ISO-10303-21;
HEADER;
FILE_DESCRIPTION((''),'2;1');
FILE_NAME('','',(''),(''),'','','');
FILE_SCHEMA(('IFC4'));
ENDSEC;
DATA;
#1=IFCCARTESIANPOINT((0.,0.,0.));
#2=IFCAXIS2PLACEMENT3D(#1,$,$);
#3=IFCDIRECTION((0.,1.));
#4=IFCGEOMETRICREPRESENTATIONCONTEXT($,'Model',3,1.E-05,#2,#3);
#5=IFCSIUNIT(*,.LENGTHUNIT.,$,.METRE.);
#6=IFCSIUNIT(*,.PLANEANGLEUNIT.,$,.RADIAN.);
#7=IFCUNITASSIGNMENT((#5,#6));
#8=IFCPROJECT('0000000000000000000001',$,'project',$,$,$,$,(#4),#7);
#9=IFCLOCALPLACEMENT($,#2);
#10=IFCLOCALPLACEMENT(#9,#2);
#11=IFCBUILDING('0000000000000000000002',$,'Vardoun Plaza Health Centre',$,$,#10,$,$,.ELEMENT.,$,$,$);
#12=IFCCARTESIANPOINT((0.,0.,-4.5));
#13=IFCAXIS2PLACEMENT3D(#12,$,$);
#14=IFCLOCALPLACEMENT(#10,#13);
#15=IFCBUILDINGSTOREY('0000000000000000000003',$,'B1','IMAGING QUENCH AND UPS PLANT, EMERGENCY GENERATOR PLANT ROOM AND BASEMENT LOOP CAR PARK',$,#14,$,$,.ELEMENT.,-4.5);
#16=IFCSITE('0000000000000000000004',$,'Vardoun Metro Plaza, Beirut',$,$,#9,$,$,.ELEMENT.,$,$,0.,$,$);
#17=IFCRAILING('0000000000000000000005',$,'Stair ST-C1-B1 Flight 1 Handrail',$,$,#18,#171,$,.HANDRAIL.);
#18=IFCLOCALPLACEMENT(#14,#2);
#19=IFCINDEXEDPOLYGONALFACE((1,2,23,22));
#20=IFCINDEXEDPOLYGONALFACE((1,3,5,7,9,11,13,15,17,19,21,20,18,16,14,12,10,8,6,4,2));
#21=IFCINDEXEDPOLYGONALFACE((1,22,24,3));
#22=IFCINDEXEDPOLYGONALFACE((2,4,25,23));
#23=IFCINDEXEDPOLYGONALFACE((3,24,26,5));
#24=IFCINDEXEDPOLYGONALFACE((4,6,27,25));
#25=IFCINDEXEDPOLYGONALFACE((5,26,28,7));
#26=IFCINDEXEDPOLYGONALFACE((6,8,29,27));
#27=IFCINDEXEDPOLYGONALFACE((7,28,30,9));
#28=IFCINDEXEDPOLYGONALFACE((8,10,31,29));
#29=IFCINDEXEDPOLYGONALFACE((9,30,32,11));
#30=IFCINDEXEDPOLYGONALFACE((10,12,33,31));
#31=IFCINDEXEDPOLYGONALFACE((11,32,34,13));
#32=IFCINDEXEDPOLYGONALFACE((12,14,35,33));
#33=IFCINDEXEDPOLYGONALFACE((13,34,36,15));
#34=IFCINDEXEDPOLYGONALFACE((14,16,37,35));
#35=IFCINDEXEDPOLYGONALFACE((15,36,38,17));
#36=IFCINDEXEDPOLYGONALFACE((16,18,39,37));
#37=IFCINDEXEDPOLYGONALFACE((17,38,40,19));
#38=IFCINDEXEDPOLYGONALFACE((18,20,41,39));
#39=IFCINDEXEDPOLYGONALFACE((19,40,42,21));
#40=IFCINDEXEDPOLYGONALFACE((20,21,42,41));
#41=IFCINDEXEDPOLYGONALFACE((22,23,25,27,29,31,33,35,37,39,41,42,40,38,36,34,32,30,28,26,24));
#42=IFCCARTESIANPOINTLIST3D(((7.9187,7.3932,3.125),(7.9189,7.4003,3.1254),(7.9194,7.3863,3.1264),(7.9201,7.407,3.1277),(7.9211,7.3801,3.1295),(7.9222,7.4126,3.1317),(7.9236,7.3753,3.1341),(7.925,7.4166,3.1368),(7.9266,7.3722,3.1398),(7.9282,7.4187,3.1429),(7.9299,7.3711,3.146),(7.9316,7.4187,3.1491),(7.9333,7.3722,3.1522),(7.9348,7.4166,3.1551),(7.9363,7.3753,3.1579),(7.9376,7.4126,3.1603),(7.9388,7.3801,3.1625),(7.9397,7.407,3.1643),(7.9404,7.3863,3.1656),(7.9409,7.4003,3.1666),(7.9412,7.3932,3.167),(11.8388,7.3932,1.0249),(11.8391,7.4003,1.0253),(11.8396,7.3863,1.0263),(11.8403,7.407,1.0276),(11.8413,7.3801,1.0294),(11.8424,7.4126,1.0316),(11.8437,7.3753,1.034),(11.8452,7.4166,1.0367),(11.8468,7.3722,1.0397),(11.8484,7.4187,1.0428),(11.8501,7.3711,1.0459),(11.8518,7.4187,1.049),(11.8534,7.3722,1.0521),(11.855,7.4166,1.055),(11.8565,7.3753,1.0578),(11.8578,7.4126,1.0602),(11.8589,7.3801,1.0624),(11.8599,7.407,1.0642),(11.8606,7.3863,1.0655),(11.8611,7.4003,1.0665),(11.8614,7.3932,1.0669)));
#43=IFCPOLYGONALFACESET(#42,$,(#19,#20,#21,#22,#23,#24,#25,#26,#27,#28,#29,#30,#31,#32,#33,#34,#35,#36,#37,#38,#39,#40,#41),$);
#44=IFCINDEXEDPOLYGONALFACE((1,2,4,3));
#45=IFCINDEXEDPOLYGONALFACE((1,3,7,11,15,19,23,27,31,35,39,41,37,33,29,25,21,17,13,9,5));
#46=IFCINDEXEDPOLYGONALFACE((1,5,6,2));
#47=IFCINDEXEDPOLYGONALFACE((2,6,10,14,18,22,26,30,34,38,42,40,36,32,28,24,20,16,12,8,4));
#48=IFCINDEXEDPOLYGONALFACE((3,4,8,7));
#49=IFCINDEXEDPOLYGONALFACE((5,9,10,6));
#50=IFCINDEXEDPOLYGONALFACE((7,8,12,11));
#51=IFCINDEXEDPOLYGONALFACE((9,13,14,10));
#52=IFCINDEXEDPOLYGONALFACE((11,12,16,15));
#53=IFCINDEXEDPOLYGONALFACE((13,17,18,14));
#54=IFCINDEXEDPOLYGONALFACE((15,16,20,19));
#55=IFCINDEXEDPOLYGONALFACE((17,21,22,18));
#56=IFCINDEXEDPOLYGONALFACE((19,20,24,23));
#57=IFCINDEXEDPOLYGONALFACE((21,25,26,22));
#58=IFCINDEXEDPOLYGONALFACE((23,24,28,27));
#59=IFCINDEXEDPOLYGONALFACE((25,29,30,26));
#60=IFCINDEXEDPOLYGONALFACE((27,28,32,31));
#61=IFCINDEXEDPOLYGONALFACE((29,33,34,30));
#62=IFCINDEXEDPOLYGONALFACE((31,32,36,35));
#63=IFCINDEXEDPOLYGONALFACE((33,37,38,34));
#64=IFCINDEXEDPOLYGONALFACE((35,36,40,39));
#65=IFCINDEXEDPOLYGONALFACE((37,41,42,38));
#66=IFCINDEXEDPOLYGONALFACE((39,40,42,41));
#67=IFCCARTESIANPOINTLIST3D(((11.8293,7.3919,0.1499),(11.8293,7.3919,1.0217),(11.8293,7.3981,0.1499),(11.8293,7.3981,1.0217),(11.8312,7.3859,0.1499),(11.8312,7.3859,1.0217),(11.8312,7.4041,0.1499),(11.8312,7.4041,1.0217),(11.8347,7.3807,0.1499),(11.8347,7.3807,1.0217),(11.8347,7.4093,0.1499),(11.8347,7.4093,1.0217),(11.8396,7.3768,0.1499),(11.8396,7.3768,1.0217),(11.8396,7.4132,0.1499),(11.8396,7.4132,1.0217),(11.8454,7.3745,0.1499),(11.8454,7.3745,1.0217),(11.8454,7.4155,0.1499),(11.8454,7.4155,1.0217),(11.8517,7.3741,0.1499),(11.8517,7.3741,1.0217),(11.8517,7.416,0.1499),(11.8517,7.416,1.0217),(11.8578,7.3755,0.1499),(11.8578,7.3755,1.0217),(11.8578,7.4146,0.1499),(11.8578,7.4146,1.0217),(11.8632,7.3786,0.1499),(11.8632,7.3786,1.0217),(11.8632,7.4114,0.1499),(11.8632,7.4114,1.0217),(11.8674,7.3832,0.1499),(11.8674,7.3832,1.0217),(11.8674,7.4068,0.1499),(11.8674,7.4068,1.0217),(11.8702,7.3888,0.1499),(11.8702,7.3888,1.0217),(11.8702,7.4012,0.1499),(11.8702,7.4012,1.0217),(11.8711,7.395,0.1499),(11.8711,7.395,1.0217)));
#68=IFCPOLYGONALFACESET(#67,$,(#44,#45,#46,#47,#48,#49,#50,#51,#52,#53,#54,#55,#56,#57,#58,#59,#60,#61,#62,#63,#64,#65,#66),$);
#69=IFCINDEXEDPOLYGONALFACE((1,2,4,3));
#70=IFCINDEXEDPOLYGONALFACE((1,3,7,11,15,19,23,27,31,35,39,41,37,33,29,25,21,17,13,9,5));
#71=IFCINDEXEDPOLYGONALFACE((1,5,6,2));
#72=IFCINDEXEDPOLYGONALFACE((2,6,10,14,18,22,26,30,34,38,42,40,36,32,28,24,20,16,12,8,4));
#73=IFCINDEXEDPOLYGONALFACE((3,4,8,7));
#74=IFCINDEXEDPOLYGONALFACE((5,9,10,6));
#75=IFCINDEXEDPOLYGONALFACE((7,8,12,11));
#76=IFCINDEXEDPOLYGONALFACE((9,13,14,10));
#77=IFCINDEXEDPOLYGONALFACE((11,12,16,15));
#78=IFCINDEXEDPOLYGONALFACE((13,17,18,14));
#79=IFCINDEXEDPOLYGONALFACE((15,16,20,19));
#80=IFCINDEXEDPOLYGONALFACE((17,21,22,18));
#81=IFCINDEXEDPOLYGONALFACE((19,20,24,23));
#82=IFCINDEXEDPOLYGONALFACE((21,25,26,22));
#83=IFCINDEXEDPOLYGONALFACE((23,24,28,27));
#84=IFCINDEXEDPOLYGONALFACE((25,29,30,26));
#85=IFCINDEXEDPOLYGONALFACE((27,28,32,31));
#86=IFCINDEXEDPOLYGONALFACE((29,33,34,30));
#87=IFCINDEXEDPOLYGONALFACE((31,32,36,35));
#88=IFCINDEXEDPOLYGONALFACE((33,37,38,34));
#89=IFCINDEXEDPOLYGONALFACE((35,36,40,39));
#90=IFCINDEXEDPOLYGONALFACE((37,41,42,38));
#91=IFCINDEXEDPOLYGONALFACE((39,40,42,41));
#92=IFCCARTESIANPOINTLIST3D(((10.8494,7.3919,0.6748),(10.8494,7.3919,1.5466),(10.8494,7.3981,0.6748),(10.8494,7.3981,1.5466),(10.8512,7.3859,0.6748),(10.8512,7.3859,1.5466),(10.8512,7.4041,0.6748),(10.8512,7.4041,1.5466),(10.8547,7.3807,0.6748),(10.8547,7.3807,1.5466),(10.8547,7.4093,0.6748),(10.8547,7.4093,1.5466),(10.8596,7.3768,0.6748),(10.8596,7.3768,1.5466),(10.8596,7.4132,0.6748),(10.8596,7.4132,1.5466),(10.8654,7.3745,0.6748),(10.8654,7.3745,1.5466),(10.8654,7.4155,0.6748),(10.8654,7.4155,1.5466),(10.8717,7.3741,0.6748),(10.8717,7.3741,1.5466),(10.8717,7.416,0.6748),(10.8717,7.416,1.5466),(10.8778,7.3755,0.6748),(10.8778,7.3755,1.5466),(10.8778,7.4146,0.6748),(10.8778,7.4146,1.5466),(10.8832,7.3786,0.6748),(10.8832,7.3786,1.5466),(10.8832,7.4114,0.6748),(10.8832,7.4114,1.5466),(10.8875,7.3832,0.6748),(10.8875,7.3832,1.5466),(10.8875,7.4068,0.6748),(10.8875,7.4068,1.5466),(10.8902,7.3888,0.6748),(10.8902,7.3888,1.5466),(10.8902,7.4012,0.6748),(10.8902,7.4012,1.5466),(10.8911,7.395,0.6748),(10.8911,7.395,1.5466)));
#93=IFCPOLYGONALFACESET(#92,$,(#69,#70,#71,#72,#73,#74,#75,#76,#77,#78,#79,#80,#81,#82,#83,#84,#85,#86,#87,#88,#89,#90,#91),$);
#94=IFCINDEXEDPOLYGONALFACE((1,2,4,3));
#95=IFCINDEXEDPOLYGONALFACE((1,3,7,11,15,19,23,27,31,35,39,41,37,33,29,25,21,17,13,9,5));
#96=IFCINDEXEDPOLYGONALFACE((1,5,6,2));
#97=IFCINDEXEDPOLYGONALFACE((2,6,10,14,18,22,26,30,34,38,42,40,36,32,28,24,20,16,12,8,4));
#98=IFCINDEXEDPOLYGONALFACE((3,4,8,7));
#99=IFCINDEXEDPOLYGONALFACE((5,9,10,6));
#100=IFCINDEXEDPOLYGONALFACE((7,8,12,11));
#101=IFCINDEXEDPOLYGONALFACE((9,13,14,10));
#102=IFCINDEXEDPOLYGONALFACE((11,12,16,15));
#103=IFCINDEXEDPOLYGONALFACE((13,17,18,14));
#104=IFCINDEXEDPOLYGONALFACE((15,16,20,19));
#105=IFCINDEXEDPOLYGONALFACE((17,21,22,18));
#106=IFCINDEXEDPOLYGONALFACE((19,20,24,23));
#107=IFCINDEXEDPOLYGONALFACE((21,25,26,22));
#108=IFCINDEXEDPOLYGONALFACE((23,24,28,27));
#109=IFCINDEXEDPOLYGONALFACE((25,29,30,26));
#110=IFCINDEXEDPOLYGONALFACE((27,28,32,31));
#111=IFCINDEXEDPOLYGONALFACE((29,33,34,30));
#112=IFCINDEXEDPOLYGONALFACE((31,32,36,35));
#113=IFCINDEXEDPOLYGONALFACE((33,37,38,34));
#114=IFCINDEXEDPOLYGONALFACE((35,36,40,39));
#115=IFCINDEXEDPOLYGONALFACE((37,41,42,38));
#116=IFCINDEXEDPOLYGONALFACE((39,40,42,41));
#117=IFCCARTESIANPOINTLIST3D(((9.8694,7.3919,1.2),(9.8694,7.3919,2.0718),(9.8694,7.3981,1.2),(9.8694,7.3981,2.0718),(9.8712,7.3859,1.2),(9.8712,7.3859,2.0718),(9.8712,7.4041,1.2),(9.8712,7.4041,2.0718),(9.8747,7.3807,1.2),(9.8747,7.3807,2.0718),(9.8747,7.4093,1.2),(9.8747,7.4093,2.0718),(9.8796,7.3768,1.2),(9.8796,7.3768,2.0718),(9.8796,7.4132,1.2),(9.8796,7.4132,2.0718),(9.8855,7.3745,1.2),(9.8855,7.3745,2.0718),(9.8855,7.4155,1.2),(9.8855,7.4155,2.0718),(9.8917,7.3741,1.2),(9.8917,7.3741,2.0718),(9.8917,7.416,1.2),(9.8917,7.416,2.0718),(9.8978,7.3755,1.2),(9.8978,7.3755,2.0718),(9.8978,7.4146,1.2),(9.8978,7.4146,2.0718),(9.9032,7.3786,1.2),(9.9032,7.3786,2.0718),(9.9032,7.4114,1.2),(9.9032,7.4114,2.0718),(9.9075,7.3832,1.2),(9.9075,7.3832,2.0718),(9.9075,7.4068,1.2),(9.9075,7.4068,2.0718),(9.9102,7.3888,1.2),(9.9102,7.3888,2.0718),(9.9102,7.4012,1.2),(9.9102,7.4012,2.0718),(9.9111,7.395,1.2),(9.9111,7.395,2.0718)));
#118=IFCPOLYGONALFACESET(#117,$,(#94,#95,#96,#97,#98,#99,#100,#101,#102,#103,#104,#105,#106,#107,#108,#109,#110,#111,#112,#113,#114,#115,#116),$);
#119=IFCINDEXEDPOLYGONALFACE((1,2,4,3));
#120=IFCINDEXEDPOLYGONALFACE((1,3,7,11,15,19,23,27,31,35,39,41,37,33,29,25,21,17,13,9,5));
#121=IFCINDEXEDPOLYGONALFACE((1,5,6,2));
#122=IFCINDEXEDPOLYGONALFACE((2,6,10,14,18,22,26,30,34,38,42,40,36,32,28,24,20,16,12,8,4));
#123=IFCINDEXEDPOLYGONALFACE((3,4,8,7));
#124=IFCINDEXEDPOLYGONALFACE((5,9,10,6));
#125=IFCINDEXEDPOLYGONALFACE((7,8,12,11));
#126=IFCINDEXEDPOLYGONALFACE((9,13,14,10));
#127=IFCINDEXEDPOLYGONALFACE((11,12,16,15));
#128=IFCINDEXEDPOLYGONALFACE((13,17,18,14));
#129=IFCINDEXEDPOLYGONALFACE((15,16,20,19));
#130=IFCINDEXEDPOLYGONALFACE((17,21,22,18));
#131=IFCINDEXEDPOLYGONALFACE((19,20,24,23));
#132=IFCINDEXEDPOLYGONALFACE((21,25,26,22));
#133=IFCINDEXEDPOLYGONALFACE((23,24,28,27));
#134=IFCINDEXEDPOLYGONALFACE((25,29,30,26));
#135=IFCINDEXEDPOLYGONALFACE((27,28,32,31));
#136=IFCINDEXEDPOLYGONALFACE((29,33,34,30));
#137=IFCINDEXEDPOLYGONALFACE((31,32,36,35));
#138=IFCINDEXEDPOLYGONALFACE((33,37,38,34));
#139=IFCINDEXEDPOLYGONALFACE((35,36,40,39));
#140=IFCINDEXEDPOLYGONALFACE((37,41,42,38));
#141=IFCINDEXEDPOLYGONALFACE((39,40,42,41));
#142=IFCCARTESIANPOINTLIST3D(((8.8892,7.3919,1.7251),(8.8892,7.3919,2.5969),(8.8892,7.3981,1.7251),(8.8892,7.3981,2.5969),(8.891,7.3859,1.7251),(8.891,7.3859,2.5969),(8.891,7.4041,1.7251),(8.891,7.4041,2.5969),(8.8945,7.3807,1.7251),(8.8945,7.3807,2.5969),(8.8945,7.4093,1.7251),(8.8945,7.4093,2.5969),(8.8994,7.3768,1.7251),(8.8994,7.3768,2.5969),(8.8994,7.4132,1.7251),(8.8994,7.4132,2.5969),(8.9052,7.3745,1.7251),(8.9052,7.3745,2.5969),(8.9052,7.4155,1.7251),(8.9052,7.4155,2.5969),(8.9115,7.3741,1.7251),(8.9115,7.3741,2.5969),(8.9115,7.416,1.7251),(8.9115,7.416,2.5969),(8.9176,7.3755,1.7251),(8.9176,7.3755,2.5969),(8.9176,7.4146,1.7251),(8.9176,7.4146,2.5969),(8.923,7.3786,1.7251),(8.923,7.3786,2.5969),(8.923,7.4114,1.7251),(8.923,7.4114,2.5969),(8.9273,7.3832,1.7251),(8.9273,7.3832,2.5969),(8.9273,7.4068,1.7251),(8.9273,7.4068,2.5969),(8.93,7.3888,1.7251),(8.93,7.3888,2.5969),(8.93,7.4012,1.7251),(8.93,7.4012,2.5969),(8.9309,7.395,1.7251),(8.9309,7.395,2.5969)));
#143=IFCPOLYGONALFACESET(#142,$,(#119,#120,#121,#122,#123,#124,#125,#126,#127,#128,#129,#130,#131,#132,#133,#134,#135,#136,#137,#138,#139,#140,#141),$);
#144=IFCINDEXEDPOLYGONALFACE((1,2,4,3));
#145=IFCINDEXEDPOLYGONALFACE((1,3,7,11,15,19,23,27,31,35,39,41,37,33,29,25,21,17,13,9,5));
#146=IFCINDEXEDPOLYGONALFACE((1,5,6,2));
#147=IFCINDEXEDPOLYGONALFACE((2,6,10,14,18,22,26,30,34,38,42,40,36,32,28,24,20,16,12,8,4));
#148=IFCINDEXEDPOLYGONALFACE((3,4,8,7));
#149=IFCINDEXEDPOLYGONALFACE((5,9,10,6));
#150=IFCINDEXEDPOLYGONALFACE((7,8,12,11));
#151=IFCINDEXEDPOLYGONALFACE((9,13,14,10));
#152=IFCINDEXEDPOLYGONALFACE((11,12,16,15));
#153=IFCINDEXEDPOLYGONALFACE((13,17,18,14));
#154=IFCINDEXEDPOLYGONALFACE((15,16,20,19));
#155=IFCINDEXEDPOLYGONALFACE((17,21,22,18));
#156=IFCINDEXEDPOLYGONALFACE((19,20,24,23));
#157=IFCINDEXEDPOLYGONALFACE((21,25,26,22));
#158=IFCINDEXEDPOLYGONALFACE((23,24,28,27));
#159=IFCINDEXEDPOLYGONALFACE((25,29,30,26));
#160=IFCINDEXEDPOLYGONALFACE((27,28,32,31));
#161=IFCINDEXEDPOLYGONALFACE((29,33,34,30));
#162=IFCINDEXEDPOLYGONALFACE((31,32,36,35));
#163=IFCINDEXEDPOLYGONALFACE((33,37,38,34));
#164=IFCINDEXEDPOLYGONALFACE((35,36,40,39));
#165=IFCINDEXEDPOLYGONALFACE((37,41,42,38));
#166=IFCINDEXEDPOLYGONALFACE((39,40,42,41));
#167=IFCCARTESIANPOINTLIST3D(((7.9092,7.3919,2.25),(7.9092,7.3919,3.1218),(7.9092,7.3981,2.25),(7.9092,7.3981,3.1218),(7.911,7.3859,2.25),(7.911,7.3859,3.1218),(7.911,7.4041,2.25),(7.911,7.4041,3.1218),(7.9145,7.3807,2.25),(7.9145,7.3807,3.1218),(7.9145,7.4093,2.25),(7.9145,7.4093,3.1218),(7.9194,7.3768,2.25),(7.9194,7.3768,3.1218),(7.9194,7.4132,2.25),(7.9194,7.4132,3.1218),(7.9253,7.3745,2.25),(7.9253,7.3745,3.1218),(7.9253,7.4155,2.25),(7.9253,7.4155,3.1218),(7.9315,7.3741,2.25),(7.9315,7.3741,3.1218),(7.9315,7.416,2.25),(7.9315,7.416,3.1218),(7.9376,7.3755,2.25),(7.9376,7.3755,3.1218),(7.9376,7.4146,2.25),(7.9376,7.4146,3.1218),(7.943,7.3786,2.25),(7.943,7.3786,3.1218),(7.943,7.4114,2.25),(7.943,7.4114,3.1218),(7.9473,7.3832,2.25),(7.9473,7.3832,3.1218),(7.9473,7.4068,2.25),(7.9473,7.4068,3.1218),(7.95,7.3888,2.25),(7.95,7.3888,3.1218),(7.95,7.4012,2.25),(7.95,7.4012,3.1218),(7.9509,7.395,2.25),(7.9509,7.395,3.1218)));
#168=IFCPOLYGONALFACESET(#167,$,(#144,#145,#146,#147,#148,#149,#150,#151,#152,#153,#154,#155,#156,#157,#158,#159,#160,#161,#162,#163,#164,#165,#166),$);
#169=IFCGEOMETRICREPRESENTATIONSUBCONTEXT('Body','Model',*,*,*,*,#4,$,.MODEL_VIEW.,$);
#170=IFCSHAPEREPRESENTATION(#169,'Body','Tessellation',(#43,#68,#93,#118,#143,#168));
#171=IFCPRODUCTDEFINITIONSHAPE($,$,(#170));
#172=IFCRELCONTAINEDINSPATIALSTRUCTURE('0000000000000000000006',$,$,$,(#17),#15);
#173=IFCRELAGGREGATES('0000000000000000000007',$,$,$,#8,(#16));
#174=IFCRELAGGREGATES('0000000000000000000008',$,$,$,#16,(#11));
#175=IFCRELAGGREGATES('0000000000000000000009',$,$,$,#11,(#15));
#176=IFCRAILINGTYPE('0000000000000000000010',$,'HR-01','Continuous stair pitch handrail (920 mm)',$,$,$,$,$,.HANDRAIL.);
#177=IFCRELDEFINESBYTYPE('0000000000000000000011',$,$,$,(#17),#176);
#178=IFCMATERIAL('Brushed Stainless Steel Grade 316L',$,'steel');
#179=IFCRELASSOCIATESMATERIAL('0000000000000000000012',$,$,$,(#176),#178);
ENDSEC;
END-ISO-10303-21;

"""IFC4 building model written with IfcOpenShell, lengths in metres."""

from ifc_helpers import new_model, si_unit, direction, frame, origin, origin_2d, place, context, subcontext, project, spatial, circle, extrude, material, type_object, element, save


model = new_model("IFC4")

# Units and contexts
model_context = context("Model", 3, precision=1e-05, world=origin(), true_north=direction((0.0, 1.0)))
body_context = subcontext(model_context, "Body", "Model", "MODEL_VIEW")
ifc_project = project(units=[si_unit("LENGTHUNIT", "METRE"), si_unit("PLANEANGLEUNIT", "RADIAN")], contexts=[model_context])

# Site, building, storey
site_placement = place(None, origin())
site = spatial("IfcSite", under=ifc_project, at=site_placement, Name="Vardoun Metro Plaza, Beirut", CompositionType="ELEMENT", RefElevation=0.0)
building_placement = place(site_placement, origin())
building = spatial("IfcBuilding", under=site, at=building_placement, Name="Vardoun Plaza Health Centre", CompositionType="ELEMENT")
storey_placement = place(building_placement, frame((0.0, 0.0, -4.5)))
storey = spatial("IfcBuildingStorey", under=building, at=storey_placement, Name="B1", Description="IMAGING QUENCH AND UPS PLANT, EMERGENCY GENERATOR PLANT ROOM AND BASEMENT LOOP CAR PARK", CompositionType="ELEMENT", Elevation=-4.5)

# Railing
ifc_material_1 = material(Name="Brushed Stainless Steel Grade 316L", Category="steel")
railing_type = type_object("IfcRailingType", Name="HR-01", Description="Continuous stair pitch handrail (920 mm)", PredefinedType="HANDRAIL", material=ifc_material_1)
railing_placement = place(storey_placement, frame((11.8501, 7.395, 0.1499)))
element("IfcRailing", 1, at=railing_placement, inside=storey, type_object=railing_type, Name="Stair ST-C1-B1 Flight 1 Handrail", PredefinedType="HANDRAIL", context=body_context, shape_type="SweptSolid", body=[
    extrude(circle(Radius=0.0239, at=origin_2d()), frame((0.0, 0.0, 0.896), z_axis=(-0.881479, 0.0, 0.472223), x_axis=(0.0, -1.0, 0.0)), (0.0, 0.0, 1.0), 4.4473),
    extrude(circle(Radius=0.021, at=origin_2d()), origin(), (0.0, 0.0, 1.0), 0.8718),
    extrude(circle(Radius=0.021, at=origin_2d()), frame((-0.98, 0.0, 0.5249)), (0.0, 0.0, 1.0), 0.8718),
    extrude(circle(Radius=0.021, at=origin_2d()), frame((-1.96, 0.0, 1.05)), (0.0, 0.0, 1.0), 0.8718),
    extrude(circle(Radius=0.021, at=origin_2d()), frame((-2.9402, 0.0, 1.5752)), (0.0, 0.0, 1.0), 0.8718),
    extrude(circle(Radius=0.021, at=origin_2d()), frame((-3.9202, 0.0, 2.1001)), (0.0, 0.0, 1.0), 0.8718),
])

save(model, "model.ifc")
